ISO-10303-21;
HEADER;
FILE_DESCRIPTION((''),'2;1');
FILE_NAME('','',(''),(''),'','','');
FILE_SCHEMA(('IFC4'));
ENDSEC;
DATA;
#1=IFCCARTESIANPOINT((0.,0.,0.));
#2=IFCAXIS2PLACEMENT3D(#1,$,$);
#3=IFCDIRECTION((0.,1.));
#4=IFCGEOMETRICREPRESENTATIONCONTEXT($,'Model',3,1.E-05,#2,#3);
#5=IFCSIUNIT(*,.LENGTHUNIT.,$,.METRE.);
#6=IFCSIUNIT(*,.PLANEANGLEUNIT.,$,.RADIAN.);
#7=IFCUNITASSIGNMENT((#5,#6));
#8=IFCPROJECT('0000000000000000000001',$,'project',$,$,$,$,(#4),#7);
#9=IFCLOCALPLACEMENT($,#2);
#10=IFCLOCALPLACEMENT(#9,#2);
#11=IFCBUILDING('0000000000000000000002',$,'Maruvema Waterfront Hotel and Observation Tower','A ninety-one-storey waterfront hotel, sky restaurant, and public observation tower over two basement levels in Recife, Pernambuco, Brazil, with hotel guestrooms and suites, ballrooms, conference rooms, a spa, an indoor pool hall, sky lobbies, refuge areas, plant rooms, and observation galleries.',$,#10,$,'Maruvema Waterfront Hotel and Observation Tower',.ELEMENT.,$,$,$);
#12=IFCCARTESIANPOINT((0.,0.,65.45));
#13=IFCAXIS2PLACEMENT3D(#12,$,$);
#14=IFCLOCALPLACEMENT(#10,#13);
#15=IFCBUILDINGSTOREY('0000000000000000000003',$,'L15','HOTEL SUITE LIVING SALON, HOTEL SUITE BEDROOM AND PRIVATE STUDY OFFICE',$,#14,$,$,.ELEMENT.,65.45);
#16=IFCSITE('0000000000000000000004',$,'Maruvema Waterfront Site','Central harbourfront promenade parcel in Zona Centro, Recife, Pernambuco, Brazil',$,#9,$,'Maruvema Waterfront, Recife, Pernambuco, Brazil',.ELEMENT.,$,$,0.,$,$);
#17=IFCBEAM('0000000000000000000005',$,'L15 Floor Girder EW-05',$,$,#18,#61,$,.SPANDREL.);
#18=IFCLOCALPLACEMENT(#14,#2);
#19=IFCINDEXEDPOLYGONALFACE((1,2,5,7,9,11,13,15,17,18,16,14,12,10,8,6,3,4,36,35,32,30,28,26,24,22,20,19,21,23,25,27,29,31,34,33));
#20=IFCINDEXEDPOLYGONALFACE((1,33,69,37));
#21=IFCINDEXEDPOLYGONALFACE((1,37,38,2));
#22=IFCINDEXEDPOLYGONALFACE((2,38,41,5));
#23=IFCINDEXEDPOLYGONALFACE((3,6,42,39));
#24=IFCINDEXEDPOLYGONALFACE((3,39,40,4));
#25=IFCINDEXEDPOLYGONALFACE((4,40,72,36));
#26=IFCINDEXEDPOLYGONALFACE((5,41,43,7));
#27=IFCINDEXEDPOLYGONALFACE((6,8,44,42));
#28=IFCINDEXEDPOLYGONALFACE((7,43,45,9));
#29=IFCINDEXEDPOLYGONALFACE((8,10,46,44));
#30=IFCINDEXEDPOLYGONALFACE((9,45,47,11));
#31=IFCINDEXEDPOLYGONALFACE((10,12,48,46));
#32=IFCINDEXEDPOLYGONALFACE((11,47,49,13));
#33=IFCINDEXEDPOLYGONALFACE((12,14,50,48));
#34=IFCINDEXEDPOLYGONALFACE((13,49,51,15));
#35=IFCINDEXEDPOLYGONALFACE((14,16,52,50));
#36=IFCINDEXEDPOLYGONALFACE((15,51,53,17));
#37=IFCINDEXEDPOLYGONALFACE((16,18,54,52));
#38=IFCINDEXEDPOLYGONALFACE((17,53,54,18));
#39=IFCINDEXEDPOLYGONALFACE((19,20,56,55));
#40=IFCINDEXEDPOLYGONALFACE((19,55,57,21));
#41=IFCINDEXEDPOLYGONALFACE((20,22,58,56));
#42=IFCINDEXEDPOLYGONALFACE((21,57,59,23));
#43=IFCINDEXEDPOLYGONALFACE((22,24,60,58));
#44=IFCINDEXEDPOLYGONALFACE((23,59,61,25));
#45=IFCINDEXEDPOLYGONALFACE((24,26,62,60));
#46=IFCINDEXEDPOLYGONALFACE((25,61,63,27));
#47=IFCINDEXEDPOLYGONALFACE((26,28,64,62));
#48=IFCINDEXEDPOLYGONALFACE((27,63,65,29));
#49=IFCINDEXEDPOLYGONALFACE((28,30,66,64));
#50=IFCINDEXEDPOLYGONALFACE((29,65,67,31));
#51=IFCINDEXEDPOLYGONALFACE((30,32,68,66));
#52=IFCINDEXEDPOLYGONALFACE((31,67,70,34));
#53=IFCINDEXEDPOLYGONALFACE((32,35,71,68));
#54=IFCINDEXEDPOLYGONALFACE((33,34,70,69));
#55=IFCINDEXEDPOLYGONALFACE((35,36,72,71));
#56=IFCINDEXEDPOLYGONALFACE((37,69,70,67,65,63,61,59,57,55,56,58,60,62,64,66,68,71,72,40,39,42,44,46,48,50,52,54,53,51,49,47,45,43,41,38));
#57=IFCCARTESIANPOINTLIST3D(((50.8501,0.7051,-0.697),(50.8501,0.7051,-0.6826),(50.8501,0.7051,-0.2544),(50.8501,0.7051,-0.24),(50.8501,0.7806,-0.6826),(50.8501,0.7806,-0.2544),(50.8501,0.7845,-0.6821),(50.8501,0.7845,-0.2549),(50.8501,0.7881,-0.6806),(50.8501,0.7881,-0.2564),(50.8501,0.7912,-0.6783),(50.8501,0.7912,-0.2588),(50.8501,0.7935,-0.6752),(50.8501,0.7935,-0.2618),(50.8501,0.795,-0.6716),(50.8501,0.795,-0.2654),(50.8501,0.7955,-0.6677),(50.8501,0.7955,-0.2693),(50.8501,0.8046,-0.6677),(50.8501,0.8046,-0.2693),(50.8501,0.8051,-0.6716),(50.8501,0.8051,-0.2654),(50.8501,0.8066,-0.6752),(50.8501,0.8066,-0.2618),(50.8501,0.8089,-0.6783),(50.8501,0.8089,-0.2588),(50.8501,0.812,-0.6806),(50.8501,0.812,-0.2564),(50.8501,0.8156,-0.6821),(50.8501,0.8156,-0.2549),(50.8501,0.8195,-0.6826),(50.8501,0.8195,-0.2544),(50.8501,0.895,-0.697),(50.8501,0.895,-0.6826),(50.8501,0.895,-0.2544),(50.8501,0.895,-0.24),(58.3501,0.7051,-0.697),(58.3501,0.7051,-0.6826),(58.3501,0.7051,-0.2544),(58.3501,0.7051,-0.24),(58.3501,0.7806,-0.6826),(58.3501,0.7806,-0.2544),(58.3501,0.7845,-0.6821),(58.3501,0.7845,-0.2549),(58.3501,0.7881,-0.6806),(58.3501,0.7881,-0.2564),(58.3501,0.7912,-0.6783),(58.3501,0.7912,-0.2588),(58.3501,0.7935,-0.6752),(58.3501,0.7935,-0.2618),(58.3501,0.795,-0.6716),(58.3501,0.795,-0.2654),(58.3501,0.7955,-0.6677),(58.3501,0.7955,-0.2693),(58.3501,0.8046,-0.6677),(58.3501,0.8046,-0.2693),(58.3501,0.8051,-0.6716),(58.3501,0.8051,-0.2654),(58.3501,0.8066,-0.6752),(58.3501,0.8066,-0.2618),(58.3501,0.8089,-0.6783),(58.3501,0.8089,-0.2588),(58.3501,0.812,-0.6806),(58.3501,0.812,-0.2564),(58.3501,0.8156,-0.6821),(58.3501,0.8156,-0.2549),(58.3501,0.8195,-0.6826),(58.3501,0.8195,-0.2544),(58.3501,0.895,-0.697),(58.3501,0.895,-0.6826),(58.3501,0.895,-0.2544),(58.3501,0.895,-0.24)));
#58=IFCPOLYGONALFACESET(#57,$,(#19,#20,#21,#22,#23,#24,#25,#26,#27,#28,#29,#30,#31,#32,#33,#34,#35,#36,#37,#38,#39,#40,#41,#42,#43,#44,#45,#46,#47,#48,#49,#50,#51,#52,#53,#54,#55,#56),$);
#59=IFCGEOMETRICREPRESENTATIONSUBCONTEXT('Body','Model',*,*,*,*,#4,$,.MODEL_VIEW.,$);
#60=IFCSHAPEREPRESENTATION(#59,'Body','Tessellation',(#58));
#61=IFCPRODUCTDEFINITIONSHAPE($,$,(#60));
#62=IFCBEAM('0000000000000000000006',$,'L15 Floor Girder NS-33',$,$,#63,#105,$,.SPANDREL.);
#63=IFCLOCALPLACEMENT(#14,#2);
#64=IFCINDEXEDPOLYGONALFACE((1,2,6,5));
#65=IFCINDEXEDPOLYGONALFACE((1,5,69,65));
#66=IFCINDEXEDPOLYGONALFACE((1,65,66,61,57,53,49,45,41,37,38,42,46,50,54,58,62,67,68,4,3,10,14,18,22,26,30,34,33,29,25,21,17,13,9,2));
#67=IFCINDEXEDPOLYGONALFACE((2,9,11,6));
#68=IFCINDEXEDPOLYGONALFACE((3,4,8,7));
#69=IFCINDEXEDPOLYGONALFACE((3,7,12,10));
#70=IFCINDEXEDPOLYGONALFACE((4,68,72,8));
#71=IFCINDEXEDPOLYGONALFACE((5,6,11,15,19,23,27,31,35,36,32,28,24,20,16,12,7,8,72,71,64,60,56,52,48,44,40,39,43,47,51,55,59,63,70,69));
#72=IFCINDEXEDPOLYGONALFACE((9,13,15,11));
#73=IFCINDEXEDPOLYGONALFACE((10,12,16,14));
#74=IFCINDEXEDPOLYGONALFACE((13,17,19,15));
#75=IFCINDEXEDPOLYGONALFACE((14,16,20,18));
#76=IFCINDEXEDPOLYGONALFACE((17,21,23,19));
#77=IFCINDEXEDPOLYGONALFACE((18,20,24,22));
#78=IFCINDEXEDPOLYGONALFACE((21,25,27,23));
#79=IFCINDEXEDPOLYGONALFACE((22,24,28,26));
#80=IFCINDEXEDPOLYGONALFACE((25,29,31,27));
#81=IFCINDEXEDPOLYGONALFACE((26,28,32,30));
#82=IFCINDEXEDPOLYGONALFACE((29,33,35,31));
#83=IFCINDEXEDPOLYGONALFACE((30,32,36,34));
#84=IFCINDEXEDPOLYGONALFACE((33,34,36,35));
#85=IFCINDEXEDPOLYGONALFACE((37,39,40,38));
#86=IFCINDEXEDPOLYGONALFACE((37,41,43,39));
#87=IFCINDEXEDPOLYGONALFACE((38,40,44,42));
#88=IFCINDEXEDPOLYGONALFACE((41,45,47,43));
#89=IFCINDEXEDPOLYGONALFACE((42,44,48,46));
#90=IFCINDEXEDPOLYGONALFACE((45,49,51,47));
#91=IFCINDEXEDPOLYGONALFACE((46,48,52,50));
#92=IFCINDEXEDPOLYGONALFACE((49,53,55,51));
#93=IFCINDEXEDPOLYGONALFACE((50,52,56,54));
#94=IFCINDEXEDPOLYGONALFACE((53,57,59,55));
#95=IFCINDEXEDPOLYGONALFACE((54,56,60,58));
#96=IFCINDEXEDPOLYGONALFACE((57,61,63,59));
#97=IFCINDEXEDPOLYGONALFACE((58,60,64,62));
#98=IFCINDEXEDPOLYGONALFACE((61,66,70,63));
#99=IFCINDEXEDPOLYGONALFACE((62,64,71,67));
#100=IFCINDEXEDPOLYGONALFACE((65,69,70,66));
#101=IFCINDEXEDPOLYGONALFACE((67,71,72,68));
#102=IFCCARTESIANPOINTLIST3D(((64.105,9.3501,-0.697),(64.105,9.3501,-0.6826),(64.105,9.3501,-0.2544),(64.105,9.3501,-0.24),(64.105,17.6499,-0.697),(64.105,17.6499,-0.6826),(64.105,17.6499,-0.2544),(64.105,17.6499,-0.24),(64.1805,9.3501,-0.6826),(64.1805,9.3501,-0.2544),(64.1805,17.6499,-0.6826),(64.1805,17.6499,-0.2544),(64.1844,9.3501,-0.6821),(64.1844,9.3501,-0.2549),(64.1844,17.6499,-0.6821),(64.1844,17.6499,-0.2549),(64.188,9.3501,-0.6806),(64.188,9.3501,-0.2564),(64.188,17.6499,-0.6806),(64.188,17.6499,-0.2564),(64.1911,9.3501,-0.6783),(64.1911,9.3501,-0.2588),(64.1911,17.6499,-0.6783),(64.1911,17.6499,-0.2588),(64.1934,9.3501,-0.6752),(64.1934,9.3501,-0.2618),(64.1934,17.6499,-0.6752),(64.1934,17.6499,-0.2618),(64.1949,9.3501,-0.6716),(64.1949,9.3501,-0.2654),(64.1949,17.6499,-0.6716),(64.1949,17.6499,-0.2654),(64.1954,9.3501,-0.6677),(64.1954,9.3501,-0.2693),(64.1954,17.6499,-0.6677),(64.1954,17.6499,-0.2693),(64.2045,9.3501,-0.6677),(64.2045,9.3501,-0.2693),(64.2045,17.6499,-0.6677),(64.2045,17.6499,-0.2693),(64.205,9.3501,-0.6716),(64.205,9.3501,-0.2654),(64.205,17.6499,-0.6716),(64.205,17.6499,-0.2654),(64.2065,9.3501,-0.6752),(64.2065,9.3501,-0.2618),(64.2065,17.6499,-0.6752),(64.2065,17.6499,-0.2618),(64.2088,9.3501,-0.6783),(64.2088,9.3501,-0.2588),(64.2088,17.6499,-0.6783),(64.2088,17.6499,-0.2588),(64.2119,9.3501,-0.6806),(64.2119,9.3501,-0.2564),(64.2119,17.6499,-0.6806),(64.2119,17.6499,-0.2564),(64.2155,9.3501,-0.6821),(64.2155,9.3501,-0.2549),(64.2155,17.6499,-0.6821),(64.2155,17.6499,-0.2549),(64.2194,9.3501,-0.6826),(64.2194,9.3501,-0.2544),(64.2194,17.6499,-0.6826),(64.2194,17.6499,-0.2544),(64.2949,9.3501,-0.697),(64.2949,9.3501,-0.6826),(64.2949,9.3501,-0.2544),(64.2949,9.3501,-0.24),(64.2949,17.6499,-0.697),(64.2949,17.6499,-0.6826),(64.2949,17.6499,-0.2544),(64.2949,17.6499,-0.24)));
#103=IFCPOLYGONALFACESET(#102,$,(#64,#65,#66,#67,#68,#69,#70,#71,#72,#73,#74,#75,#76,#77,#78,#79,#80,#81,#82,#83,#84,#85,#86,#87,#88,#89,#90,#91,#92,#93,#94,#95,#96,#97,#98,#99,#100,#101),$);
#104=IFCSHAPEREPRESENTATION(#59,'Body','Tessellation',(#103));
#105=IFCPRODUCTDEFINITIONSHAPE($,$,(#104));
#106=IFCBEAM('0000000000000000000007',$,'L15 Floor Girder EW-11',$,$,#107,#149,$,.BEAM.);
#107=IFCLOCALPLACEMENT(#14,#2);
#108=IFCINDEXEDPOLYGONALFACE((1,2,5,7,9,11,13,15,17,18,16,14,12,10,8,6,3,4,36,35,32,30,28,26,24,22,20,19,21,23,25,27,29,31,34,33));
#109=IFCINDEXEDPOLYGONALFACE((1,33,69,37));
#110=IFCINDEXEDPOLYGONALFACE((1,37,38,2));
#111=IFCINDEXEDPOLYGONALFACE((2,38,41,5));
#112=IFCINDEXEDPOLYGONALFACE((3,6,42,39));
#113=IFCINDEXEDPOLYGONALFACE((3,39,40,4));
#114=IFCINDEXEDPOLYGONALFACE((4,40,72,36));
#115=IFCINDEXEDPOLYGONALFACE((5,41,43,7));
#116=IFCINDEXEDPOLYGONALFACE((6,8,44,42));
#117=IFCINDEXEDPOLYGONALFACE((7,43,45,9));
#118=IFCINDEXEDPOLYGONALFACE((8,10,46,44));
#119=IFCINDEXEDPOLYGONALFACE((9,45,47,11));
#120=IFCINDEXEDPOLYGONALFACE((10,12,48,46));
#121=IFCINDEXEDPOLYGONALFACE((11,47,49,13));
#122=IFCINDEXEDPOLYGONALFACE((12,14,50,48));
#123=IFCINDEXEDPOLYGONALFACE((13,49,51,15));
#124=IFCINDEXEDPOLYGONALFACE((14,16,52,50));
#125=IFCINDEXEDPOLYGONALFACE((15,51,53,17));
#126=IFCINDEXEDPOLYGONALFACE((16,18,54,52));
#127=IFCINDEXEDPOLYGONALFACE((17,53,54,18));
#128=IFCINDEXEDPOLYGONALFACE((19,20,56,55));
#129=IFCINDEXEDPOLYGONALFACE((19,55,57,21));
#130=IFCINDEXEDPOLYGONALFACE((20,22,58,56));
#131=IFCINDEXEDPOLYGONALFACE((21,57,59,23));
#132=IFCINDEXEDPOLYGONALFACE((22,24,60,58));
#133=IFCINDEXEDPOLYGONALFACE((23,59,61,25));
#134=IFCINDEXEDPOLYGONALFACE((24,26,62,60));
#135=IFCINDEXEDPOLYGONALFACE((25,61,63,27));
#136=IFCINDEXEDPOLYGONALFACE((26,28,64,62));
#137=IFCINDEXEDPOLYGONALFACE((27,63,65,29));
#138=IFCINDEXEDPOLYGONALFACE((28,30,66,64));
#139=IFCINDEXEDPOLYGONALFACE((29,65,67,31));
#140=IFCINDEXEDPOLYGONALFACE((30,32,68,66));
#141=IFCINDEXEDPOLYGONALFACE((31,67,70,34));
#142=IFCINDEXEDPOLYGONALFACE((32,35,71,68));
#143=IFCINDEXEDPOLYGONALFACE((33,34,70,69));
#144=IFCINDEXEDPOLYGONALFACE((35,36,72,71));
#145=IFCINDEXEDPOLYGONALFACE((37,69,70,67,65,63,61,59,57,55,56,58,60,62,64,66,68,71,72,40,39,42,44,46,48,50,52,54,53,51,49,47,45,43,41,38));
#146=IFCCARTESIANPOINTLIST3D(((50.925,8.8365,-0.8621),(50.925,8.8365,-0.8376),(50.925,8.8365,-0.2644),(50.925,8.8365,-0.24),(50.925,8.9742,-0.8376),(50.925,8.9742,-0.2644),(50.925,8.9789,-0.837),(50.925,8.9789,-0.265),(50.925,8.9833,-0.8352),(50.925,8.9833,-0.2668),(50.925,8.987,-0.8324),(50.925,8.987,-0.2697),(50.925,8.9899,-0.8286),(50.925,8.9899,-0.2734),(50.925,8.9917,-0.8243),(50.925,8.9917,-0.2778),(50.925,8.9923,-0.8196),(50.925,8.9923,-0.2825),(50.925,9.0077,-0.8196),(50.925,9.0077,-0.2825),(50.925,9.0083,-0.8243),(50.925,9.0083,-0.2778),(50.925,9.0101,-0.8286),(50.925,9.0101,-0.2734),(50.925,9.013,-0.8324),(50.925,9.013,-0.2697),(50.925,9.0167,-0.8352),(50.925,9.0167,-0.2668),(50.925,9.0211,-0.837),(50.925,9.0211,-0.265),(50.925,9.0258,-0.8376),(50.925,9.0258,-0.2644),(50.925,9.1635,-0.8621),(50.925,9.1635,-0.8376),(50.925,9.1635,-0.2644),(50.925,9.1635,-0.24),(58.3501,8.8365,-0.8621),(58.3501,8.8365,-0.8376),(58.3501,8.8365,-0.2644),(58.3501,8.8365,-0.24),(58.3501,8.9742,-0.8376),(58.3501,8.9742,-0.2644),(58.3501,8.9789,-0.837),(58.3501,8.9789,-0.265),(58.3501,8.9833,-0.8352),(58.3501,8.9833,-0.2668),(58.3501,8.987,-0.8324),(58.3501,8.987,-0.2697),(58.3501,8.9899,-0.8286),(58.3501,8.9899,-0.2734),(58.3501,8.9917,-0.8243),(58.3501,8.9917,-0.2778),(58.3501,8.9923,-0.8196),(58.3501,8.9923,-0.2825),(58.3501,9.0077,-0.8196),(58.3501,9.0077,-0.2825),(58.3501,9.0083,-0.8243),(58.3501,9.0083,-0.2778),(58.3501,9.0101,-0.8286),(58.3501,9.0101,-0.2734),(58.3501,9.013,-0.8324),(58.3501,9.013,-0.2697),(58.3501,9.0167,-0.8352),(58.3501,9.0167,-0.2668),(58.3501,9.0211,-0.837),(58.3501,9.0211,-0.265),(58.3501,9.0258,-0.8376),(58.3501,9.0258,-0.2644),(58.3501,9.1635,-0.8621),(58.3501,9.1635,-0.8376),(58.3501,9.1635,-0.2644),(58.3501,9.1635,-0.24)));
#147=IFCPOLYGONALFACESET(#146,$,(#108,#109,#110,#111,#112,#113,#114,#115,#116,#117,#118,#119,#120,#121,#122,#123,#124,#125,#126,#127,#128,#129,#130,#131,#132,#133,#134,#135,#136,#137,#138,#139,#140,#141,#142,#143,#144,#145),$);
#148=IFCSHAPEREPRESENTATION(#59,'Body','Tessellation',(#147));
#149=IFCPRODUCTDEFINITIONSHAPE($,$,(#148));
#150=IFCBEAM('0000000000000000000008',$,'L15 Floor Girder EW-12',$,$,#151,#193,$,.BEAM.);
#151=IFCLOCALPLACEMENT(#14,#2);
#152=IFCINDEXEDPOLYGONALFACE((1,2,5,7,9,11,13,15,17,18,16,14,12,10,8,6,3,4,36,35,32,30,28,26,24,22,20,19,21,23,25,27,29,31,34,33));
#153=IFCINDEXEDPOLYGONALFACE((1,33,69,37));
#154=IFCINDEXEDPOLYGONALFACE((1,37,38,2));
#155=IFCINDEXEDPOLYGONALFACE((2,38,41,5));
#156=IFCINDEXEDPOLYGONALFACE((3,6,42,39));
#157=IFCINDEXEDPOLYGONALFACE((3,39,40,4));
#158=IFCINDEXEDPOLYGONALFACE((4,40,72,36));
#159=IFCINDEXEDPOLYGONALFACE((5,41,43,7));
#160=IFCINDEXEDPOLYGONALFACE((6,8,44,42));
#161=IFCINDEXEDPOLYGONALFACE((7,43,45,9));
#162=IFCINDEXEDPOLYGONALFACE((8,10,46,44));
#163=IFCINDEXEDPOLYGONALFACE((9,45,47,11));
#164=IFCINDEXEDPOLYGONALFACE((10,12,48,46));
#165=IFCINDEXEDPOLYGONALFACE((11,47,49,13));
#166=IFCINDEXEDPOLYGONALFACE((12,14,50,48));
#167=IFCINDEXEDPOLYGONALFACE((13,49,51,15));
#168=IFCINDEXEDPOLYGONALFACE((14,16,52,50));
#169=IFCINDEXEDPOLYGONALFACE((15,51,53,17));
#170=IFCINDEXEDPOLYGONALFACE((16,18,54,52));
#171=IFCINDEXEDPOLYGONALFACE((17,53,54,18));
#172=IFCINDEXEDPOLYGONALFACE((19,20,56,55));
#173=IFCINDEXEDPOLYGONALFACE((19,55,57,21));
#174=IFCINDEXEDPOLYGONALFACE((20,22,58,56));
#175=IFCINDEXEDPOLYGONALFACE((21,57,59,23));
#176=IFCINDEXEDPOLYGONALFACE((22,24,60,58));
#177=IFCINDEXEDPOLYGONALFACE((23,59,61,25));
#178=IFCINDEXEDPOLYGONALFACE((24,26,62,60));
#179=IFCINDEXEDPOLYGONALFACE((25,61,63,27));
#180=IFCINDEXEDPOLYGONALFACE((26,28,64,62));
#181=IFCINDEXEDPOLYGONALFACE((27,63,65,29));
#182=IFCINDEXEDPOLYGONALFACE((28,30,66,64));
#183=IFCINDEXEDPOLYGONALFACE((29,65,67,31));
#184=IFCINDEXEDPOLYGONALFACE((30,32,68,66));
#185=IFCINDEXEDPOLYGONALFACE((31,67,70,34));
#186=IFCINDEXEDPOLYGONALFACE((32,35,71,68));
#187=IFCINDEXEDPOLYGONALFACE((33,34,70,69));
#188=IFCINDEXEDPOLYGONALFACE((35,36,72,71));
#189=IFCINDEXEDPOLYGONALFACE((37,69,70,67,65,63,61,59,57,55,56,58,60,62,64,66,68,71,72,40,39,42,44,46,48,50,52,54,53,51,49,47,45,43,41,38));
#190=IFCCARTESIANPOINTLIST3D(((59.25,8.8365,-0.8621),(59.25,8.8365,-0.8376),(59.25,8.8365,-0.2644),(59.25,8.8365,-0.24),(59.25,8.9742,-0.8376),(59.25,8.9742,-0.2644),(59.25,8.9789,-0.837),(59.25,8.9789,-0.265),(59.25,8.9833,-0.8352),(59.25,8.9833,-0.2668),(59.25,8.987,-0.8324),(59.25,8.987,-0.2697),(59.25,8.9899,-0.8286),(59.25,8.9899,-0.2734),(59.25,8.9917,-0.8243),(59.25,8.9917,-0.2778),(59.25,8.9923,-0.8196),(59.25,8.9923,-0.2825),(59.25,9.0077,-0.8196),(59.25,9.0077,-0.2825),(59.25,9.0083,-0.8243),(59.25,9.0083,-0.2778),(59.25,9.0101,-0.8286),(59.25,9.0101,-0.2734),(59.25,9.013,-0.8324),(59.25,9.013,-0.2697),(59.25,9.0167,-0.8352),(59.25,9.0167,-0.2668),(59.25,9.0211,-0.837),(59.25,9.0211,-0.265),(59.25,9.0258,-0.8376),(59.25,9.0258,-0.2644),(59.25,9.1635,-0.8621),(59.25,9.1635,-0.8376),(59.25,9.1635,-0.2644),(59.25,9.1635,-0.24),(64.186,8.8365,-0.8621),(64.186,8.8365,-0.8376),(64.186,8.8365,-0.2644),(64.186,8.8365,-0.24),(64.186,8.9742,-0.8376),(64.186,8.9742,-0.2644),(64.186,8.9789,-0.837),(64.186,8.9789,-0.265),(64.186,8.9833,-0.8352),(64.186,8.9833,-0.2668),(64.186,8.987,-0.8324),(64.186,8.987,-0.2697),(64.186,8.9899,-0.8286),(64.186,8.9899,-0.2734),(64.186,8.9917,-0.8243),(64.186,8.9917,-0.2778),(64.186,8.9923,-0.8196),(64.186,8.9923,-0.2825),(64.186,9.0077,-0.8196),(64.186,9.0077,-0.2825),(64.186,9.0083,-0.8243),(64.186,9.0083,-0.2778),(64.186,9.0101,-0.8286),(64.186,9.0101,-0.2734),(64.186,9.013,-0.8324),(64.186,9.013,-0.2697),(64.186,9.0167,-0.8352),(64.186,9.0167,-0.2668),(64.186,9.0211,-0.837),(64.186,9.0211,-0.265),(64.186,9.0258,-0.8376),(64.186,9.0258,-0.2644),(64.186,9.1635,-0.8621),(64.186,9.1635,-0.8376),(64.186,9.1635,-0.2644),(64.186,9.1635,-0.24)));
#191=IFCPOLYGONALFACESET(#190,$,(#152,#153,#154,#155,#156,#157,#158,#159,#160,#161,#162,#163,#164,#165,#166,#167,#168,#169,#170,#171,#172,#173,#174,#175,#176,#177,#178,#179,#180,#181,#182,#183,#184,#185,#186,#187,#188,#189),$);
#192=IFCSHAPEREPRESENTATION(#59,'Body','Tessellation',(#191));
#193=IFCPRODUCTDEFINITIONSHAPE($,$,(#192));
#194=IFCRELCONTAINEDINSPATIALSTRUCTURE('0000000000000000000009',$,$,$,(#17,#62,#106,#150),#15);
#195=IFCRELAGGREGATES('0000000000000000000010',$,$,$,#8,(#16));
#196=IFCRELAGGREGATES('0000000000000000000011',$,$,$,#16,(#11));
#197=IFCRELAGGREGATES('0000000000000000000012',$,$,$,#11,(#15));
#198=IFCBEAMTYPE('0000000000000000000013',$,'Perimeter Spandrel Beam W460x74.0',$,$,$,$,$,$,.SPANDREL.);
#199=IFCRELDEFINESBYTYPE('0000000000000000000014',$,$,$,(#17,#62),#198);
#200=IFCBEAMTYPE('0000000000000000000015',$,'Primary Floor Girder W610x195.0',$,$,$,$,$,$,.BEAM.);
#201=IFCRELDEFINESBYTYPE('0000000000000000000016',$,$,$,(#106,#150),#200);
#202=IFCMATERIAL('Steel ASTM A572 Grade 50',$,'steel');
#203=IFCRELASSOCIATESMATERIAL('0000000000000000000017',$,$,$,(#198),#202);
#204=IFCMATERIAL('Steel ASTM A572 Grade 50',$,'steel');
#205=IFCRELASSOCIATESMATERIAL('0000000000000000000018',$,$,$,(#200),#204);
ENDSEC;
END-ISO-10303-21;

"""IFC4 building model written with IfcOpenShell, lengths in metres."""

from ifc_helpers import new_model, si_unit, direction, frame, origin, origin_2d, place, context, subcontext, project, spatial, i_section, extrude, material, material_profile, profile_set, type_object, element, save


model = new_model("IFC4")

# Units and contexts
model_context = context("Model", 3, precision=1e-05, world=origin(), true_north=direction((0.0, 1.0)))
body_context = subcontext(model_context, "Body", "Model", "MODEL_VIEW")
ifc_project = project(units=[si_unit("LENGTHUNIT", "METRE"), si_unit("PLANEANGLEUNIT", "RADIAN")], contexts=[model_context])

# Site, building, storey
site_placement = place(None, origin())
site = spatial("IfcSite", under=ifc_project, at=site_placement, Name="Maruvema Waterfront Site", Description="Central harbourfront promenade parcel in Zona Centro, Recife, Pernambuco, Brazil", LongName="Maruvema Waterfront, Recife, Pernambuco, Brazil", CompositionType="ELEMENT", RefElevation=0.0)
building_placement = place(site_placement, origin())
building = spatial("IfcBuilding", under=site, at=building_placement, Name="Maruvema Waterfront Hotel and Observation Tower", Description="A ninety-one-storey waterfront hotel, sky restaurant, and public observation tower over two basement levels in Recife, Pernambuco, Brazil, with hotel guestrooms and suites, ballrooms, conference rooms, a spa, an indoor pool hall, sky lobbies, refuge areas, plant rooms, and observation galleries.", LongName="Maruvema Waterfront Hotel and Observation Tower", CompositionType="ELEMENT")
storey_placement = place(building_placement, frame((0.0, 0.0, 65.45)))
storey = spatial("IfcBuildingStorey", under=building, at=storey_placement, Name="L15", Description="HOTEL SUITE LIVING SALON, HOTEL SUITE BEDROOM AND PRIVATE STUDY OFFICE", CompositionType="ELEMENT", Elevation=65.45)

# Beams
ifc_material_1 = material(Name="Steel ASTM A572 Grade 50", Category="steel")
ifc_material_profile_1 = material_profile(ifc_material_1, i_section(OverallWidth=0.1899, OverallDepth=0.457, WebThickness=0.009, FlangeThickness=0.0144, FilletRadius=0.0149, at=origin_2d()), Name="W460x74.0")
ifc_profile_set_1 = profile_set([ifc_material_profile_1], Name="Steel ASTM A572 Grade 50")
beam_type_1 = type_object("IfcBeamType", Name="Perimeter Spandrel Beam W460x74.0", PredefinedType="SPANDREL", material=ifc_profile_set_1)
beam_1_placement = place(storey_placement, frame((50.8501, 0.8, -0.4685), z_axis=(1.0, 0.0, 0.0), x_axis=(0.0, 1.0, 0.0)))
element("IfcBeam", 1, at=beam_1_placement, inside=storey, type_object=beam_type_1, Name="L15 Floor Girder EW-05", PredefinedType="SPANDREL", context=body_context, shape_type="SweptSolid", body=[
    extrude(i_section(OverallWidth=0.1899, OverallDepth=0.457, WebThickness=0.009, FlangeThickness=0.0144, FilletRadius=0.0149, at=origin_2d()), origin(), (0.0, 0.0, 1.0), 7.5),
])
beam_2_placement = place(storey_placement, frame((64.2, 9.3501, -0.4685), z_axis=(0.0, 1.0, 0.0), x_axis=(-1.0, 0.0, 0.0)))
element("IfcBeam", 2, at=beam_2_placement, inside=storey, type_object=beam_type_1, Name="L15 Floor Girder NS-33", PredefinedType="SPANDREL", context=body_context, shape_type="SweptSolid", body=[
    extrude(i_section(OverallWidth=0.1899, OverallDepth=0.457, WebThickness=0.009, FlangeThickness=0.0144, FilletRadius=0.0149, at=origin_2d()), origin(), (0.0, 0.0, 1.0), 8.2998),
])
ifc_material_2 = material(Name="Steel ASTM A572 Grade 50", Category="steel")
ifc_material_profile_2 = material_profile(ifc_material_2, i_section(OverallWidth=0.3269, OverallDepth=0.6221, WebThickness=0.0154, FlangeThickness=0.0244, FilletRadius=0.0181, at=origin_2d()), Name="W610x195.0")
ifc_profile_set_2 = profile_set([ifc_material_profile_2], Name="Steel ASTM A572 Grade 50")
beam_type_2 = type_object("IfcBeamType", Name="Primary Floor Girder W610x195.0", PredefinedType="BEAM", material=ifc_profile_set_2)
beam_3_placement = place(storey_placement, frame((50.925, 9.0, -0.551), z_axis=(1.0, 0.0, 0.0), x_axis=(0.0, 1.0, 0.0)))
element("IfcBeam", 3, at=beam_3_placement, inside=storey, type_object=beam_type_2, Name="L15 Floor Girder EW-11", PredefinedType="BEAM", context=body_context, shape_type="SweptSolid", body=[
    extrude(i_section(OverallWidth=0.3269, OverallDepth=0.6221, WebThickness=0.0154, FlangeThickness=0.0244, FilletRadius=0.0181, at=origin_2d()), origin(), (0.0, 0.0, 1.0), 7.425),
])
beam_4_placement = place(storey_placement, frame((59.25, 9.0, -0.551), z_axis=(1.0, 0.0, 0.0), x_axis=(0.0, 1.0, 0.0)))
element("IfcBeam", 4, at=beam_4_placement, inside=storey, type_object=beam_type_2, Name="L15 Floor Girder EW-12", PredefinedType="BEAM", context=body_context, shape_type="SweptSolid", body=[
    extrude(i_section(OverallWidth=0.3269, OverallDepth=0.6221, WebThickness=0.0154, FlangeThickness=0.0244, FilletRadius=0.0181, at=origin_2d()), origin(), (0.0, 0.0, 1.0), 4.936),
])

save(model, "model.ifc")
